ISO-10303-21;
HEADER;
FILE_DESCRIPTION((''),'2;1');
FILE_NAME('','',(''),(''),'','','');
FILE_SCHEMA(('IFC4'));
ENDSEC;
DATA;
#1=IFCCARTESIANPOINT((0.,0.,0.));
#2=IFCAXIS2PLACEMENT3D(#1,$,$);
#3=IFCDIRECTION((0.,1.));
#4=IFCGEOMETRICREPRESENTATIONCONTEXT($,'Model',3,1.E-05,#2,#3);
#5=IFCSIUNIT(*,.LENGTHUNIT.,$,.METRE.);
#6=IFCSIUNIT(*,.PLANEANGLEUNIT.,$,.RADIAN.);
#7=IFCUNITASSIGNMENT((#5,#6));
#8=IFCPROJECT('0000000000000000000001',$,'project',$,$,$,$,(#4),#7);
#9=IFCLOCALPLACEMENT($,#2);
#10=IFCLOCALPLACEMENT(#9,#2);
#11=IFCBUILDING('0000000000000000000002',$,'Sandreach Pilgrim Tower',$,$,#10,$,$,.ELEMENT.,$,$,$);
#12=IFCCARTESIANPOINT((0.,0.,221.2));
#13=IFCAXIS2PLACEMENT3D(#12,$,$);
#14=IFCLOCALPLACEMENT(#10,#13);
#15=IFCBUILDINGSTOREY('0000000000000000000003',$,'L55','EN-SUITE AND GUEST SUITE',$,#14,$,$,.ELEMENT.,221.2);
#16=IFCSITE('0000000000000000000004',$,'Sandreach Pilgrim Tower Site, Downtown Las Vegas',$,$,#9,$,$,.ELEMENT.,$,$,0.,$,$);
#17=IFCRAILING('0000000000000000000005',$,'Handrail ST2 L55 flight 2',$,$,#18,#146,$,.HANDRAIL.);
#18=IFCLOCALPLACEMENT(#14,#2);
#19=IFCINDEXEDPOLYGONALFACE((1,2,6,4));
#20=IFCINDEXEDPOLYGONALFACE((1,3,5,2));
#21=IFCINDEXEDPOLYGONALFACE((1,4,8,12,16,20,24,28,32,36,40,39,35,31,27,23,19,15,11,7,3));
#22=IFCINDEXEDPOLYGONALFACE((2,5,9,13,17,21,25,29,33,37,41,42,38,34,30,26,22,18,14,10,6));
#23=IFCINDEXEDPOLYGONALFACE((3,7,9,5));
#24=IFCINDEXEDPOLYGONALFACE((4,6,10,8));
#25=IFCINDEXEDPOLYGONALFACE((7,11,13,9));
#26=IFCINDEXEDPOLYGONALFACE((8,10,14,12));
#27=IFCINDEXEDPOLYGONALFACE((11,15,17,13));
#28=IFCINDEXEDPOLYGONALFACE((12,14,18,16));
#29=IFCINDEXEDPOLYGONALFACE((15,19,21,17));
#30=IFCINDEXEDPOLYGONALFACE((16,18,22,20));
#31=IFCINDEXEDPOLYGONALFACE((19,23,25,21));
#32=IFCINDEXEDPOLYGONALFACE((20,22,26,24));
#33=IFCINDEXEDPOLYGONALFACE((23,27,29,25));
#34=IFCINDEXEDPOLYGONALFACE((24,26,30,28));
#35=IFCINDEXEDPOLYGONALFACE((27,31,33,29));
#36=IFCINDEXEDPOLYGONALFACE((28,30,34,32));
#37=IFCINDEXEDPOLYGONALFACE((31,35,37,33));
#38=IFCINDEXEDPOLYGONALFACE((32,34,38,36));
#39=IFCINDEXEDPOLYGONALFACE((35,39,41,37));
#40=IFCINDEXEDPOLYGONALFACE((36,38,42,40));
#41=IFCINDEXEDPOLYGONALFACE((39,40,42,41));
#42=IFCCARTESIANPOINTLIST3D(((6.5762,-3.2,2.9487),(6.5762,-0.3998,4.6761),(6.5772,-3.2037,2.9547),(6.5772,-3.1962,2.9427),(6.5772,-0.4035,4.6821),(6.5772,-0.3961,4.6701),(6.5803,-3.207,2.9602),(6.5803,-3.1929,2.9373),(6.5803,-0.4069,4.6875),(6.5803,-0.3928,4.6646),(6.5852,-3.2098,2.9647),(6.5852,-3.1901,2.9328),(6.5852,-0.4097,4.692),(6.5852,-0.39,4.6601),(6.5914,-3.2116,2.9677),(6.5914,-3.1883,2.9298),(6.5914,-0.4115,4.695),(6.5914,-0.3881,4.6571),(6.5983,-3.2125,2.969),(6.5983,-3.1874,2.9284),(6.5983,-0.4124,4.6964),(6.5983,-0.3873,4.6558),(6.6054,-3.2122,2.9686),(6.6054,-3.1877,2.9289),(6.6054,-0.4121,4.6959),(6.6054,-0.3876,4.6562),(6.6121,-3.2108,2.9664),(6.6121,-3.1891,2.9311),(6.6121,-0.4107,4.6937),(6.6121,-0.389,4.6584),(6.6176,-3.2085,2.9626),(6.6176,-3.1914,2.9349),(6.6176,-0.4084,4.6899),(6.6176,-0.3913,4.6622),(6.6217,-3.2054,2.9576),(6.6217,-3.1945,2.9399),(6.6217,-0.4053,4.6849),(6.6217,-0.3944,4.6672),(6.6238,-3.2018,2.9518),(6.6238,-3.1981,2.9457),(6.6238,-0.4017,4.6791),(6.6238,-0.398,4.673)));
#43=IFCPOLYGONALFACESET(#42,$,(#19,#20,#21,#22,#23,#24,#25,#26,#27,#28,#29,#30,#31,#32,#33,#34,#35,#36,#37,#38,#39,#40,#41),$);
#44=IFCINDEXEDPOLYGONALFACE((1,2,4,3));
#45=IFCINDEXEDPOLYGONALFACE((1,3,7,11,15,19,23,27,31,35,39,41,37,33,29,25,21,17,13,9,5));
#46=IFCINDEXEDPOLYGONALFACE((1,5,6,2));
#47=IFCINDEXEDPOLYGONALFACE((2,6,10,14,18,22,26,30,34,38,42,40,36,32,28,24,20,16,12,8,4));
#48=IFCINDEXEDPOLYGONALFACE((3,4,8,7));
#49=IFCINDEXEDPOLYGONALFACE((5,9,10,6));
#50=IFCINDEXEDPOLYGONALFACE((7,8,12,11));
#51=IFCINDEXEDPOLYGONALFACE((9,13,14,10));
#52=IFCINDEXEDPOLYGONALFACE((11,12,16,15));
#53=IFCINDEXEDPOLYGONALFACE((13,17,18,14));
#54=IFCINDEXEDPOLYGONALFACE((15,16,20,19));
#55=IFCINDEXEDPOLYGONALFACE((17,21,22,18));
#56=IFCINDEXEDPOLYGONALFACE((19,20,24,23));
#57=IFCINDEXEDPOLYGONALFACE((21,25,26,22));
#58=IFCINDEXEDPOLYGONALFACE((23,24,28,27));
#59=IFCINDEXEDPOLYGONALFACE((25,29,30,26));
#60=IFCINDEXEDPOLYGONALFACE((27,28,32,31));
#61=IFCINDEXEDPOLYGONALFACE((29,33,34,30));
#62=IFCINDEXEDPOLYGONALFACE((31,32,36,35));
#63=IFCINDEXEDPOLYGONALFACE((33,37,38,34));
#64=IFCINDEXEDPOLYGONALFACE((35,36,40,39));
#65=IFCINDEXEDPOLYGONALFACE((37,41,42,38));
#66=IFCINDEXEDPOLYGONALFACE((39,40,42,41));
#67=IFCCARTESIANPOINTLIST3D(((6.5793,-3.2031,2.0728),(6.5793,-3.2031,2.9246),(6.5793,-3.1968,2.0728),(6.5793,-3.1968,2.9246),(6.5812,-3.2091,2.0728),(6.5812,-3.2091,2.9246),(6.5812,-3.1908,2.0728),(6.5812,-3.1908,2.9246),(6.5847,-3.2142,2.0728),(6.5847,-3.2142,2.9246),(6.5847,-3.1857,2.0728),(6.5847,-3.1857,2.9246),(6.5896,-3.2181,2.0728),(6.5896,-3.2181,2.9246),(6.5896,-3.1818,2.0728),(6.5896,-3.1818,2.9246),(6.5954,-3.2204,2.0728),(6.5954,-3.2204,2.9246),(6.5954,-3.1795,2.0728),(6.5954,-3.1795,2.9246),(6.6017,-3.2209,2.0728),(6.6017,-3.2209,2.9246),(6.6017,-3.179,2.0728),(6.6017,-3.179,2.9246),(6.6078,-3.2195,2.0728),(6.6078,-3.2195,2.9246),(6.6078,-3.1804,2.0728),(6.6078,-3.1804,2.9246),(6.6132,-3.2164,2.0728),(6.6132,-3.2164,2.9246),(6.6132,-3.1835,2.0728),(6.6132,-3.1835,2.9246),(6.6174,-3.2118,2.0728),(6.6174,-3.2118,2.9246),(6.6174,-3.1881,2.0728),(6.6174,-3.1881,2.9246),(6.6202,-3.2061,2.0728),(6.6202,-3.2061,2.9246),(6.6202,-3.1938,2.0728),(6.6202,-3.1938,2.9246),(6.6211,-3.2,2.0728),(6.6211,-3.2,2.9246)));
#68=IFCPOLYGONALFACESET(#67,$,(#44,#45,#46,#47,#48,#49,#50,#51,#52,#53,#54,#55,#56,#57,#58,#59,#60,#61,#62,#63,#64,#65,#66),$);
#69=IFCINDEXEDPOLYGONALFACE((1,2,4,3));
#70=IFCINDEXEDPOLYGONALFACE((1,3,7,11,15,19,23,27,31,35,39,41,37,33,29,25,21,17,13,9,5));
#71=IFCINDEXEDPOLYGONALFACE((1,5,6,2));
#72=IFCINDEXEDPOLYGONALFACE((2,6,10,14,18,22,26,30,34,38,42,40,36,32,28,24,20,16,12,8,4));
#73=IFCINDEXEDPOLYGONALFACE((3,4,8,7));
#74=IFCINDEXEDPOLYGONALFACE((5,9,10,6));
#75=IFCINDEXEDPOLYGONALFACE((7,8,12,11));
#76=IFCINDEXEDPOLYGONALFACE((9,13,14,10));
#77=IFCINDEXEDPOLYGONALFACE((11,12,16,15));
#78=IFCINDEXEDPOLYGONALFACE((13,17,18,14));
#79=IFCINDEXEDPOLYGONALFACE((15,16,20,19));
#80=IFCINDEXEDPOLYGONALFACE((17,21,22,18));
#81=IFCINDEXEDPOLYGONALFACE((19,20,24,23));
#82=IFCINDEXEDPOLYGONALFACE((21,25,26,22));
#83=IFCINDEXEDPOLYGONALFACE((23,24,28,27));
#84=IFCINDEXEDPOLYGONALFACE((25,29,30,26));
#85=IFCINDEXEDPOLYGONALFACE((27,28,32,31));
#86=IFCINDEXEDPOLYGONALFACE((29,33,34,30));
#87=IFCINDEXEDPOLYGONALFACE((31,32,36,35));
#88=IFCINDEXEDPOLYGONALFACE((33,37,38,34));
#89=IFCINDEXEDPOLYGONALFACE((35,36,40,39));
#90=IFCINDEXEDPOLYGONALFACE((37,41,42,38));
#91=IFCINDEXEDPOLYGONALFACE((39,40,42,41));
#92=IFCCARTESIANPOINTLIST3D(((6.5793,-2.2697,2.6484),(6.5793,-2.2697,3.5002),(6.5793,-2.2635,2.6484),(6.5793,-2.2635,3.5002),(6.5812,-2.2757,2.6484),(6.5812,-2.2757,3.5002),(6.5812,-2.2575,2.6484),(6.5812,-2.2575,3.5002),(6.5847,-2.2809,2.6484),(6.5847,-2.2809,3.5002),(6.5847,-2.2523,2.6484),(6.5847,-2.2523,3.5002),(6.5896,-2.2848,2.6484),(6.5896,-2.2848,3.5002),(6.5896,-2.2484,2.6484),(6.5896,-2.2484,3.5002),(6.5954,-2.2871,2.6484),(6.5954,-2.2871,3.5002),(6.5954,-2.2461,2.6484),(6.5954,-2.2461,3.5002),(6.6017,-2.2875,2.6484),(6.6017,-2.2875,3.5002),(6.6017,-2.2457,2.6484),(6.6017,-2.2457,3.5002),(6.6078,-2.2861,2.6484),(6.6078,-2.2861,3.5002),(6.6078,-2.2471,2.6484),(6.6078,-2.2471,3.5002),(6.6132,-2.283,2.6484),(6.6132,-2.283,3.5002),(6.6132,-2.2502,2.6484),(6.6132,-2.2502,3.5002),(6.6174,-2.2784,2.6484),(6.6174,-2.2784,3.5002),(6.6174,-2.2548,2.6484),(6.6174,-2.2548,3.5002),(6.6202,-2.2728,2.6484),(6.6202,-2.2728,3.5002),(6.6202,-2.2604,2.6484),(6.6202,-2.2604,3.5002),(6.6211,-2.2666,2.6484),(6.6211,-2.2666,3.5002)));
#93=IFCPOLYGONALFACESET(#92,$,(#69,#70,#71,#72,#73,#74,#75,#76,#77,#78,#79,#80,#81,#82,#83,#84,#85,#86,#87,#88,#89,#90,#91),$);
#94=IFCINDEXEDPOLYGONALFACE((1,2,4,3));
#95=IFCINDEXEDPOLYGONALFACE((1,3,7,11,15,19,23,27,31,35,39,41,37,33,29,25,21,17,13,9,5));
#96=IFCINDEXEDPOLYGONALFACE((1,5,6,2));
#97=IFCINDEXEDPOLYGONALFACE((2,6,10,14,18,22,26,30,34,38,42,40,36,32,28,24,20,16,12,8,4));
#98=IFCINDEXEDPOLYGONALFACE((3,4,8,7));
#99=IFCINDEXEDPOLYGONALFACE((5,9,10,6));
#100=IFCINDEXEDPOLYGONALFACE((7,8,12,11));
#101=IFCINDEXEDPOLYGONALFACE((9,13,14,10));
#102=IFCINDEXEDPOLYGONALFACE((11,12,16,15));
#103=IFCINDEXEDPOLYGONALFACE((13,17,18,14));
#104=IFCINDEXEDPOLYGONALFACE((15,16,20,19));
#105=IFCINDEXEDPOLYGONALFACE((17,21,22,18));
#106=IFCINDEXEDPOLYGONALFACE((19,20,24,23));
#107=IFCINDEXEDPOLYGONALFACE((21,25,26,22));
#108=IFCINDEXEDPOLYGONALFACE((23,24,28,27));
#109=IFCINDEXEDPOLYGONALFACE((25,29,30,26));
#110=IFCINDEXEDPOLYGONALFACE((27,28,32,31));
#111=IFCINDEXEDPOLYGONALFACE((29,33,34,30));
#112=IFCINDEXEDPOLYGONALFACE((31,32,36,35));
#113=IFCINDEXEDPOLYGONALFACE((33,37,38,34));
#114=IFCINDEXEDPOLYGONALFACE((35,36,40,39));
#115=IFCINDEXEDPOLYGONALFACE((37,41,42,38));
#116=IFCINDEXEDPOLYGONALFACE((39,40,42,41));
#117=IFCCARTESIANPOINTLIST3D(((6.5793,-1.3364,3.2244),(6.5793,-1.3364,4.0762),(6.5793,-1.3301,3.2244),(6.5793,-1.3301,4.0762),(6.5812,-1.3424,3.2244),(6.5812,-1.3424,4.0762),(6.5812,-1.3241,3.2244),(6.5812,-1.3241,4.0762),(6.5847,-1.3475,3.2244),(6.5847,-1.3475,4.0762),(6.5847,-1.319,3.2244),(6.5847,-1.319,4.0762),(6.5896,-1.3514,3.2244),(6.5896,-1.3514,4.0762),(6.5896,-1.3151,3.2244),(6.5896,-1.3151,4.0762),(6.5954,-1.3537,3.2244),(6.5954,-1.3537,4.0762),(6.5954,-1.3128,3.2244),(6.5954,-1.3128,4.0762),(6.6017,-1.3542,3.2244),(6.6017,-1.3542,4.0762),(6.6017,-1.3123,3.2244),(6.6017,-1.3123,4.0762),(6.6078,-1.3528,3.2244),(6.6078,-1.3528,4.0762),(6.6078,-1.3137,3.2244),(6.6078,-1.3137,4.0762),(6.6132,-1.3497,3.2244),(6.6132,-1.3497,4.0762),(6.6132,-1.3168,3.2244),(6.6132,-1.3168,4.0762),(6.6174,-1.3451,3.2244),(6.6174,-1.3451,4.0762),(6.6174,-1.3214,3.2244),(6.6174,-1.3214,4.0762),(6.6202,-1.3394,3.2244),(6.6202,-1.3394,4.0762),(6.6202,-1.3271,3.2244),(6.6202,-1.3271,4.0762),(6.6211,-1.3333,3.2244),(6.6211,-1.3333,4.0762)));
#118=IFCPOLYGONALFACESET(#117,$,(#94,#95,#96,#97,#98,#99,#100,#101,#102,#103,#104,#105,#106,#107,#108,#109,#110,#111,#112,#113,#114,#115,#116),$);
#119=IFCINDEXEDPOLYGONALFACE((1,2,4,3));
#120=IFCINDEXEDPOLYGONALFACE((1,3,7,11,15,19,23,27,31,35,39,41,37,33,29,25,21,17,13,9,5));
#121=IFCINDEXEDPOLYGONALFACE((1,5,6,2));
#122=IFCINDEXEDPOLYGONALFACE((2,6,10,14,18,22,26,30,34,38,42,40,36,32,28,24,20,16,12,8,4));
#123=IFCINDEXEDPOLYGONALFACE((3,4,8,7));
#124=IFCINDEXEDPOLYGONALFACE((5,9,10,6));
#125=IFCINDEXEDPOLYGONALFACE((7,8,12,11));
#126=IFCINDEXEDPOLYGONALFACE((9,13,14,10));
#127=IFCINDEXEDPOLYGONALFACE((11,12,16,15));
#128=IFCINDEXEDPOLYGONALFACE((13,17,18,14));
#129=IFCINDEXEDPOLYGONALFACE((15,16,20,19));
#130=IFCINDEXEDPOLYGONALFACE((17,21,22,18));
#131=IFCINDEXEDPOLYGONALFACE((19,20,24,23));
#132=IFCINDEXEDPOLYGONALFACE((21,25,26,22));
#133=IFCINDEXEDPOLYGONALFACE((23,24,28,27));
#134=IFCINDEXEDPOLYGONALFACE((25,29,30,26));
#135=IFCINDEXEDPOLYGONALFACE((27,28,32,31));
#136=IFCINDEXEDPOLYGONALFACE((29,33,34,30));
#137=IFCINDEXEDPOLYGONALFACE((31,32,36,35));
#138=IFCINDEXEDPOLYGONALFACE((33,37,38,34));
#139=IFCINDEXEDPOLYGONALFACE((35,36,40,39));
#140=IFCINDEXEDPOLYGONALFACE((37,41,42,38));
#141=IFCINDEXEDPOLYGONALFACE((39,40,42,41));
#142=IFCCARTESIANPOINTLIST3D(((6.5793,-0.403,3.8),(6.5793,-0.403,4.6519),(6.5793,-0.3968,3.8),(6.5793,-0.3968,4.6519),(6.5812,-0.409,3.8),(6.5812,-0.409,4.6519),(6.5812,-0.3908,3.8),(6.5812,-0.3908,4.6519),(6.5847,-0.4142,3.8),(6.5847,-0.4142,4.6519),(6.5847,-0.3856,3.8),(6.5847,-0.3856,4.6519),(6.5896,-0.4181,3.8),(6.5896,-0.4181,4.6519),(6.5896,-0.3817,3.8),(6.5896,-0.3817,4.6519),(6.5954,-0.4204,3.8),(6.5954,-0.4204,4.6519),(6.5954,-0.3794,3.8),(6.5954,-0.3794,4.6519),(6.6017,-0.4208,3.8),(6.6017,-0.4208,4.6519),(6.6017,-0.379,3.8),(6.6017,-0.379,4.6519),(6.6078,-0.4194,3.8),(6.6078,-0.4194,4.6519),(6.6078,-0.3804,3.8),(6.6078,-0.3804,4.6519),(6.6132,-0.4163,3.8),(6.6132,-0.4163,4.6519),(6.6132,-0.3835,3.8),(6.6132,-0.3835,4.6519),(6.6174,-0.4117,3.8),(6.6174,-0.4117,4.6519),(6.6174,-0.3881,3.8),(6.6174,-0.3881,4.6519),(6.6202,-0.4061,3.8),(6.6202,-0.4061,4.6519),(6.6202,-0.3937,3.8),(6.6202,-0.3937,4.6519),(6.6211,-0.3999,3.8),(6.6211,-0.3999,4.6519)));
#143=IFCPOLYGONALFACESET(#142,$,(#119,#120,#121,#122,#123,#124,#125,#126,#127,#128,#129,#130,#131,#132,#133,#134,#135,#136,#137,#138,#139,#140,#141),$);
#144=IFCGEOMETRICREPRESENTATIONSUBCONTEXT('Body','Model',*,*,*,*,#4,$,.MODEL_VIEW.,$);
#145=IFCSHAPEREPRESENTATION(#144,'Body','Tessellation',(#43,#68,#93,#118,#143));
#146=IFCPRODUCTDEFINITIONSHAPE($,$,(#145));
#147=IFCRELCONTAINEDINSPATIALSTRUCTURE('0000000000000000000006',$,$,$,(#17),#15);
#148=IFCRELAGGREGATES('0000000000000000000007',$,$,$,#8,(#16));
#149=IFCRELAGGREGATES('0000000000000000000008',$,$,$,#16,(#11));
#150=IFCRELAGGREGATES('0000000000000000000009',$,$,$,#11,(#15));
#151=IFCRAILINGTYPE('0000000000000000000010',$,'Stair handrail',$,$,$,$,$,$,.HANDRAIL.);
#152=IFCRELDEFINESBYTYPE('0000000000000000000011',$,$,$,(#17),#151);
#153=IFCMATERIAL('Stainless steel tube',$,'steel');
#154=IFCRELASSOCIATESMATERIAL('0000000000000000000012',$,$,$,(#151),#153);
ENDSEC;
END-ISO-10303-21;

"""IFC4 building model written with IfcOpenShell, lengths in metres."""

from ifc_helpers import new_model, si_unit, direction, frame, origin, origin_2d, place, context, subcontext, project, spatial, circle, extrude, material, type_object, element, save


model = new_model("IFC4")

# Units and contexts
model_context = context("Model", 3, precision=1e-05, world=origin(), true_north=direction((0.0, 1.0)))
body_context = subcontext(model_context, "Body", "Model", "MODEL_VIEW")
ifc_project = project(units=[si_unit("LENGTHUNIT", "METRE"), si_unit("PLANEANGLEUNIT", "RADIAN")], contexts=[model_context])

# Site, building, storey
site_placement = place(None, origin())
site = spatial("IfcSite", under=ifc_project, at=site_placement, Name="Sandreach Pilgrim Tower Site, Downtown Las Vegas", CompositionType="ELEMENT", RefElevation=0.0)
building_placement = place(site_placement, origin())
building = spatial("IfcBuilding", under=site, at=building_placement, Name="Sandreach Pilgrim Tower", CompositionType="ELEMENT")
storey_placement = place(building_placement, frame((0.0, 0.0, 221.2)))
storey = spatial("IfcBuildingStorey", under=building, at=storey_placement, Name="L55", Description="EN-SUITE AND GUEST SUITE", CompositionType="ELEMENT", Elevation=221.2)

# Railing
ifc_material_1 = material(Name="Stainless steel tube", Category="steel")
railing_type = type_object("IfcRailingType", Name="Stair handrail", PredefinedType="HANDRAIL", material=ifc_material_1)
for number, where, name in (
    (1, (6.6001, -3.2, 2.0728), "Handrail ST2 L55 flight 2"),
):
    element("IfcRailing", number, at=place(storey_placement, frame(where)), inside=storey, type_object=railing_type, Name=name, PredefinedType="HANDRAIL", context=body_context, shape_type="SweptSolid", body=[
        extrude(circle(Radius=0.0239, at=origin_2d()), frame((0.0, 0.0, 0.876), z_axis=(0.0, 0.85109, 0.52502), x_axis=(-1.0, 0.0, 0.0)), (0.0, 0.0, 1.0), 3.29),
        extrude(circle(Radius=0.021, at=origin_2d()), origin(), (0.0, 0.0, 1.0), 0.8518),
        extrude(circle(Radius=0.021, at=origin_2d()), frame((0.0, 0.9333, 0.5757)), (0.0, 0.0, 1.0), 0.8518),
        extrude(circle(Radius=0.021, at=origin_2d()), frame((0.0, 1.8667, 1.1516)), (0.0, 0.0, 1.0), 0.8518),
        extrude(circle(Radius=0.021, at=origin_2d()), frame((0.0, 2.8, 1.7273)), (0.0, 0.0, 1.0), 0.8518),
    ])

save(model, "model.ifc")
